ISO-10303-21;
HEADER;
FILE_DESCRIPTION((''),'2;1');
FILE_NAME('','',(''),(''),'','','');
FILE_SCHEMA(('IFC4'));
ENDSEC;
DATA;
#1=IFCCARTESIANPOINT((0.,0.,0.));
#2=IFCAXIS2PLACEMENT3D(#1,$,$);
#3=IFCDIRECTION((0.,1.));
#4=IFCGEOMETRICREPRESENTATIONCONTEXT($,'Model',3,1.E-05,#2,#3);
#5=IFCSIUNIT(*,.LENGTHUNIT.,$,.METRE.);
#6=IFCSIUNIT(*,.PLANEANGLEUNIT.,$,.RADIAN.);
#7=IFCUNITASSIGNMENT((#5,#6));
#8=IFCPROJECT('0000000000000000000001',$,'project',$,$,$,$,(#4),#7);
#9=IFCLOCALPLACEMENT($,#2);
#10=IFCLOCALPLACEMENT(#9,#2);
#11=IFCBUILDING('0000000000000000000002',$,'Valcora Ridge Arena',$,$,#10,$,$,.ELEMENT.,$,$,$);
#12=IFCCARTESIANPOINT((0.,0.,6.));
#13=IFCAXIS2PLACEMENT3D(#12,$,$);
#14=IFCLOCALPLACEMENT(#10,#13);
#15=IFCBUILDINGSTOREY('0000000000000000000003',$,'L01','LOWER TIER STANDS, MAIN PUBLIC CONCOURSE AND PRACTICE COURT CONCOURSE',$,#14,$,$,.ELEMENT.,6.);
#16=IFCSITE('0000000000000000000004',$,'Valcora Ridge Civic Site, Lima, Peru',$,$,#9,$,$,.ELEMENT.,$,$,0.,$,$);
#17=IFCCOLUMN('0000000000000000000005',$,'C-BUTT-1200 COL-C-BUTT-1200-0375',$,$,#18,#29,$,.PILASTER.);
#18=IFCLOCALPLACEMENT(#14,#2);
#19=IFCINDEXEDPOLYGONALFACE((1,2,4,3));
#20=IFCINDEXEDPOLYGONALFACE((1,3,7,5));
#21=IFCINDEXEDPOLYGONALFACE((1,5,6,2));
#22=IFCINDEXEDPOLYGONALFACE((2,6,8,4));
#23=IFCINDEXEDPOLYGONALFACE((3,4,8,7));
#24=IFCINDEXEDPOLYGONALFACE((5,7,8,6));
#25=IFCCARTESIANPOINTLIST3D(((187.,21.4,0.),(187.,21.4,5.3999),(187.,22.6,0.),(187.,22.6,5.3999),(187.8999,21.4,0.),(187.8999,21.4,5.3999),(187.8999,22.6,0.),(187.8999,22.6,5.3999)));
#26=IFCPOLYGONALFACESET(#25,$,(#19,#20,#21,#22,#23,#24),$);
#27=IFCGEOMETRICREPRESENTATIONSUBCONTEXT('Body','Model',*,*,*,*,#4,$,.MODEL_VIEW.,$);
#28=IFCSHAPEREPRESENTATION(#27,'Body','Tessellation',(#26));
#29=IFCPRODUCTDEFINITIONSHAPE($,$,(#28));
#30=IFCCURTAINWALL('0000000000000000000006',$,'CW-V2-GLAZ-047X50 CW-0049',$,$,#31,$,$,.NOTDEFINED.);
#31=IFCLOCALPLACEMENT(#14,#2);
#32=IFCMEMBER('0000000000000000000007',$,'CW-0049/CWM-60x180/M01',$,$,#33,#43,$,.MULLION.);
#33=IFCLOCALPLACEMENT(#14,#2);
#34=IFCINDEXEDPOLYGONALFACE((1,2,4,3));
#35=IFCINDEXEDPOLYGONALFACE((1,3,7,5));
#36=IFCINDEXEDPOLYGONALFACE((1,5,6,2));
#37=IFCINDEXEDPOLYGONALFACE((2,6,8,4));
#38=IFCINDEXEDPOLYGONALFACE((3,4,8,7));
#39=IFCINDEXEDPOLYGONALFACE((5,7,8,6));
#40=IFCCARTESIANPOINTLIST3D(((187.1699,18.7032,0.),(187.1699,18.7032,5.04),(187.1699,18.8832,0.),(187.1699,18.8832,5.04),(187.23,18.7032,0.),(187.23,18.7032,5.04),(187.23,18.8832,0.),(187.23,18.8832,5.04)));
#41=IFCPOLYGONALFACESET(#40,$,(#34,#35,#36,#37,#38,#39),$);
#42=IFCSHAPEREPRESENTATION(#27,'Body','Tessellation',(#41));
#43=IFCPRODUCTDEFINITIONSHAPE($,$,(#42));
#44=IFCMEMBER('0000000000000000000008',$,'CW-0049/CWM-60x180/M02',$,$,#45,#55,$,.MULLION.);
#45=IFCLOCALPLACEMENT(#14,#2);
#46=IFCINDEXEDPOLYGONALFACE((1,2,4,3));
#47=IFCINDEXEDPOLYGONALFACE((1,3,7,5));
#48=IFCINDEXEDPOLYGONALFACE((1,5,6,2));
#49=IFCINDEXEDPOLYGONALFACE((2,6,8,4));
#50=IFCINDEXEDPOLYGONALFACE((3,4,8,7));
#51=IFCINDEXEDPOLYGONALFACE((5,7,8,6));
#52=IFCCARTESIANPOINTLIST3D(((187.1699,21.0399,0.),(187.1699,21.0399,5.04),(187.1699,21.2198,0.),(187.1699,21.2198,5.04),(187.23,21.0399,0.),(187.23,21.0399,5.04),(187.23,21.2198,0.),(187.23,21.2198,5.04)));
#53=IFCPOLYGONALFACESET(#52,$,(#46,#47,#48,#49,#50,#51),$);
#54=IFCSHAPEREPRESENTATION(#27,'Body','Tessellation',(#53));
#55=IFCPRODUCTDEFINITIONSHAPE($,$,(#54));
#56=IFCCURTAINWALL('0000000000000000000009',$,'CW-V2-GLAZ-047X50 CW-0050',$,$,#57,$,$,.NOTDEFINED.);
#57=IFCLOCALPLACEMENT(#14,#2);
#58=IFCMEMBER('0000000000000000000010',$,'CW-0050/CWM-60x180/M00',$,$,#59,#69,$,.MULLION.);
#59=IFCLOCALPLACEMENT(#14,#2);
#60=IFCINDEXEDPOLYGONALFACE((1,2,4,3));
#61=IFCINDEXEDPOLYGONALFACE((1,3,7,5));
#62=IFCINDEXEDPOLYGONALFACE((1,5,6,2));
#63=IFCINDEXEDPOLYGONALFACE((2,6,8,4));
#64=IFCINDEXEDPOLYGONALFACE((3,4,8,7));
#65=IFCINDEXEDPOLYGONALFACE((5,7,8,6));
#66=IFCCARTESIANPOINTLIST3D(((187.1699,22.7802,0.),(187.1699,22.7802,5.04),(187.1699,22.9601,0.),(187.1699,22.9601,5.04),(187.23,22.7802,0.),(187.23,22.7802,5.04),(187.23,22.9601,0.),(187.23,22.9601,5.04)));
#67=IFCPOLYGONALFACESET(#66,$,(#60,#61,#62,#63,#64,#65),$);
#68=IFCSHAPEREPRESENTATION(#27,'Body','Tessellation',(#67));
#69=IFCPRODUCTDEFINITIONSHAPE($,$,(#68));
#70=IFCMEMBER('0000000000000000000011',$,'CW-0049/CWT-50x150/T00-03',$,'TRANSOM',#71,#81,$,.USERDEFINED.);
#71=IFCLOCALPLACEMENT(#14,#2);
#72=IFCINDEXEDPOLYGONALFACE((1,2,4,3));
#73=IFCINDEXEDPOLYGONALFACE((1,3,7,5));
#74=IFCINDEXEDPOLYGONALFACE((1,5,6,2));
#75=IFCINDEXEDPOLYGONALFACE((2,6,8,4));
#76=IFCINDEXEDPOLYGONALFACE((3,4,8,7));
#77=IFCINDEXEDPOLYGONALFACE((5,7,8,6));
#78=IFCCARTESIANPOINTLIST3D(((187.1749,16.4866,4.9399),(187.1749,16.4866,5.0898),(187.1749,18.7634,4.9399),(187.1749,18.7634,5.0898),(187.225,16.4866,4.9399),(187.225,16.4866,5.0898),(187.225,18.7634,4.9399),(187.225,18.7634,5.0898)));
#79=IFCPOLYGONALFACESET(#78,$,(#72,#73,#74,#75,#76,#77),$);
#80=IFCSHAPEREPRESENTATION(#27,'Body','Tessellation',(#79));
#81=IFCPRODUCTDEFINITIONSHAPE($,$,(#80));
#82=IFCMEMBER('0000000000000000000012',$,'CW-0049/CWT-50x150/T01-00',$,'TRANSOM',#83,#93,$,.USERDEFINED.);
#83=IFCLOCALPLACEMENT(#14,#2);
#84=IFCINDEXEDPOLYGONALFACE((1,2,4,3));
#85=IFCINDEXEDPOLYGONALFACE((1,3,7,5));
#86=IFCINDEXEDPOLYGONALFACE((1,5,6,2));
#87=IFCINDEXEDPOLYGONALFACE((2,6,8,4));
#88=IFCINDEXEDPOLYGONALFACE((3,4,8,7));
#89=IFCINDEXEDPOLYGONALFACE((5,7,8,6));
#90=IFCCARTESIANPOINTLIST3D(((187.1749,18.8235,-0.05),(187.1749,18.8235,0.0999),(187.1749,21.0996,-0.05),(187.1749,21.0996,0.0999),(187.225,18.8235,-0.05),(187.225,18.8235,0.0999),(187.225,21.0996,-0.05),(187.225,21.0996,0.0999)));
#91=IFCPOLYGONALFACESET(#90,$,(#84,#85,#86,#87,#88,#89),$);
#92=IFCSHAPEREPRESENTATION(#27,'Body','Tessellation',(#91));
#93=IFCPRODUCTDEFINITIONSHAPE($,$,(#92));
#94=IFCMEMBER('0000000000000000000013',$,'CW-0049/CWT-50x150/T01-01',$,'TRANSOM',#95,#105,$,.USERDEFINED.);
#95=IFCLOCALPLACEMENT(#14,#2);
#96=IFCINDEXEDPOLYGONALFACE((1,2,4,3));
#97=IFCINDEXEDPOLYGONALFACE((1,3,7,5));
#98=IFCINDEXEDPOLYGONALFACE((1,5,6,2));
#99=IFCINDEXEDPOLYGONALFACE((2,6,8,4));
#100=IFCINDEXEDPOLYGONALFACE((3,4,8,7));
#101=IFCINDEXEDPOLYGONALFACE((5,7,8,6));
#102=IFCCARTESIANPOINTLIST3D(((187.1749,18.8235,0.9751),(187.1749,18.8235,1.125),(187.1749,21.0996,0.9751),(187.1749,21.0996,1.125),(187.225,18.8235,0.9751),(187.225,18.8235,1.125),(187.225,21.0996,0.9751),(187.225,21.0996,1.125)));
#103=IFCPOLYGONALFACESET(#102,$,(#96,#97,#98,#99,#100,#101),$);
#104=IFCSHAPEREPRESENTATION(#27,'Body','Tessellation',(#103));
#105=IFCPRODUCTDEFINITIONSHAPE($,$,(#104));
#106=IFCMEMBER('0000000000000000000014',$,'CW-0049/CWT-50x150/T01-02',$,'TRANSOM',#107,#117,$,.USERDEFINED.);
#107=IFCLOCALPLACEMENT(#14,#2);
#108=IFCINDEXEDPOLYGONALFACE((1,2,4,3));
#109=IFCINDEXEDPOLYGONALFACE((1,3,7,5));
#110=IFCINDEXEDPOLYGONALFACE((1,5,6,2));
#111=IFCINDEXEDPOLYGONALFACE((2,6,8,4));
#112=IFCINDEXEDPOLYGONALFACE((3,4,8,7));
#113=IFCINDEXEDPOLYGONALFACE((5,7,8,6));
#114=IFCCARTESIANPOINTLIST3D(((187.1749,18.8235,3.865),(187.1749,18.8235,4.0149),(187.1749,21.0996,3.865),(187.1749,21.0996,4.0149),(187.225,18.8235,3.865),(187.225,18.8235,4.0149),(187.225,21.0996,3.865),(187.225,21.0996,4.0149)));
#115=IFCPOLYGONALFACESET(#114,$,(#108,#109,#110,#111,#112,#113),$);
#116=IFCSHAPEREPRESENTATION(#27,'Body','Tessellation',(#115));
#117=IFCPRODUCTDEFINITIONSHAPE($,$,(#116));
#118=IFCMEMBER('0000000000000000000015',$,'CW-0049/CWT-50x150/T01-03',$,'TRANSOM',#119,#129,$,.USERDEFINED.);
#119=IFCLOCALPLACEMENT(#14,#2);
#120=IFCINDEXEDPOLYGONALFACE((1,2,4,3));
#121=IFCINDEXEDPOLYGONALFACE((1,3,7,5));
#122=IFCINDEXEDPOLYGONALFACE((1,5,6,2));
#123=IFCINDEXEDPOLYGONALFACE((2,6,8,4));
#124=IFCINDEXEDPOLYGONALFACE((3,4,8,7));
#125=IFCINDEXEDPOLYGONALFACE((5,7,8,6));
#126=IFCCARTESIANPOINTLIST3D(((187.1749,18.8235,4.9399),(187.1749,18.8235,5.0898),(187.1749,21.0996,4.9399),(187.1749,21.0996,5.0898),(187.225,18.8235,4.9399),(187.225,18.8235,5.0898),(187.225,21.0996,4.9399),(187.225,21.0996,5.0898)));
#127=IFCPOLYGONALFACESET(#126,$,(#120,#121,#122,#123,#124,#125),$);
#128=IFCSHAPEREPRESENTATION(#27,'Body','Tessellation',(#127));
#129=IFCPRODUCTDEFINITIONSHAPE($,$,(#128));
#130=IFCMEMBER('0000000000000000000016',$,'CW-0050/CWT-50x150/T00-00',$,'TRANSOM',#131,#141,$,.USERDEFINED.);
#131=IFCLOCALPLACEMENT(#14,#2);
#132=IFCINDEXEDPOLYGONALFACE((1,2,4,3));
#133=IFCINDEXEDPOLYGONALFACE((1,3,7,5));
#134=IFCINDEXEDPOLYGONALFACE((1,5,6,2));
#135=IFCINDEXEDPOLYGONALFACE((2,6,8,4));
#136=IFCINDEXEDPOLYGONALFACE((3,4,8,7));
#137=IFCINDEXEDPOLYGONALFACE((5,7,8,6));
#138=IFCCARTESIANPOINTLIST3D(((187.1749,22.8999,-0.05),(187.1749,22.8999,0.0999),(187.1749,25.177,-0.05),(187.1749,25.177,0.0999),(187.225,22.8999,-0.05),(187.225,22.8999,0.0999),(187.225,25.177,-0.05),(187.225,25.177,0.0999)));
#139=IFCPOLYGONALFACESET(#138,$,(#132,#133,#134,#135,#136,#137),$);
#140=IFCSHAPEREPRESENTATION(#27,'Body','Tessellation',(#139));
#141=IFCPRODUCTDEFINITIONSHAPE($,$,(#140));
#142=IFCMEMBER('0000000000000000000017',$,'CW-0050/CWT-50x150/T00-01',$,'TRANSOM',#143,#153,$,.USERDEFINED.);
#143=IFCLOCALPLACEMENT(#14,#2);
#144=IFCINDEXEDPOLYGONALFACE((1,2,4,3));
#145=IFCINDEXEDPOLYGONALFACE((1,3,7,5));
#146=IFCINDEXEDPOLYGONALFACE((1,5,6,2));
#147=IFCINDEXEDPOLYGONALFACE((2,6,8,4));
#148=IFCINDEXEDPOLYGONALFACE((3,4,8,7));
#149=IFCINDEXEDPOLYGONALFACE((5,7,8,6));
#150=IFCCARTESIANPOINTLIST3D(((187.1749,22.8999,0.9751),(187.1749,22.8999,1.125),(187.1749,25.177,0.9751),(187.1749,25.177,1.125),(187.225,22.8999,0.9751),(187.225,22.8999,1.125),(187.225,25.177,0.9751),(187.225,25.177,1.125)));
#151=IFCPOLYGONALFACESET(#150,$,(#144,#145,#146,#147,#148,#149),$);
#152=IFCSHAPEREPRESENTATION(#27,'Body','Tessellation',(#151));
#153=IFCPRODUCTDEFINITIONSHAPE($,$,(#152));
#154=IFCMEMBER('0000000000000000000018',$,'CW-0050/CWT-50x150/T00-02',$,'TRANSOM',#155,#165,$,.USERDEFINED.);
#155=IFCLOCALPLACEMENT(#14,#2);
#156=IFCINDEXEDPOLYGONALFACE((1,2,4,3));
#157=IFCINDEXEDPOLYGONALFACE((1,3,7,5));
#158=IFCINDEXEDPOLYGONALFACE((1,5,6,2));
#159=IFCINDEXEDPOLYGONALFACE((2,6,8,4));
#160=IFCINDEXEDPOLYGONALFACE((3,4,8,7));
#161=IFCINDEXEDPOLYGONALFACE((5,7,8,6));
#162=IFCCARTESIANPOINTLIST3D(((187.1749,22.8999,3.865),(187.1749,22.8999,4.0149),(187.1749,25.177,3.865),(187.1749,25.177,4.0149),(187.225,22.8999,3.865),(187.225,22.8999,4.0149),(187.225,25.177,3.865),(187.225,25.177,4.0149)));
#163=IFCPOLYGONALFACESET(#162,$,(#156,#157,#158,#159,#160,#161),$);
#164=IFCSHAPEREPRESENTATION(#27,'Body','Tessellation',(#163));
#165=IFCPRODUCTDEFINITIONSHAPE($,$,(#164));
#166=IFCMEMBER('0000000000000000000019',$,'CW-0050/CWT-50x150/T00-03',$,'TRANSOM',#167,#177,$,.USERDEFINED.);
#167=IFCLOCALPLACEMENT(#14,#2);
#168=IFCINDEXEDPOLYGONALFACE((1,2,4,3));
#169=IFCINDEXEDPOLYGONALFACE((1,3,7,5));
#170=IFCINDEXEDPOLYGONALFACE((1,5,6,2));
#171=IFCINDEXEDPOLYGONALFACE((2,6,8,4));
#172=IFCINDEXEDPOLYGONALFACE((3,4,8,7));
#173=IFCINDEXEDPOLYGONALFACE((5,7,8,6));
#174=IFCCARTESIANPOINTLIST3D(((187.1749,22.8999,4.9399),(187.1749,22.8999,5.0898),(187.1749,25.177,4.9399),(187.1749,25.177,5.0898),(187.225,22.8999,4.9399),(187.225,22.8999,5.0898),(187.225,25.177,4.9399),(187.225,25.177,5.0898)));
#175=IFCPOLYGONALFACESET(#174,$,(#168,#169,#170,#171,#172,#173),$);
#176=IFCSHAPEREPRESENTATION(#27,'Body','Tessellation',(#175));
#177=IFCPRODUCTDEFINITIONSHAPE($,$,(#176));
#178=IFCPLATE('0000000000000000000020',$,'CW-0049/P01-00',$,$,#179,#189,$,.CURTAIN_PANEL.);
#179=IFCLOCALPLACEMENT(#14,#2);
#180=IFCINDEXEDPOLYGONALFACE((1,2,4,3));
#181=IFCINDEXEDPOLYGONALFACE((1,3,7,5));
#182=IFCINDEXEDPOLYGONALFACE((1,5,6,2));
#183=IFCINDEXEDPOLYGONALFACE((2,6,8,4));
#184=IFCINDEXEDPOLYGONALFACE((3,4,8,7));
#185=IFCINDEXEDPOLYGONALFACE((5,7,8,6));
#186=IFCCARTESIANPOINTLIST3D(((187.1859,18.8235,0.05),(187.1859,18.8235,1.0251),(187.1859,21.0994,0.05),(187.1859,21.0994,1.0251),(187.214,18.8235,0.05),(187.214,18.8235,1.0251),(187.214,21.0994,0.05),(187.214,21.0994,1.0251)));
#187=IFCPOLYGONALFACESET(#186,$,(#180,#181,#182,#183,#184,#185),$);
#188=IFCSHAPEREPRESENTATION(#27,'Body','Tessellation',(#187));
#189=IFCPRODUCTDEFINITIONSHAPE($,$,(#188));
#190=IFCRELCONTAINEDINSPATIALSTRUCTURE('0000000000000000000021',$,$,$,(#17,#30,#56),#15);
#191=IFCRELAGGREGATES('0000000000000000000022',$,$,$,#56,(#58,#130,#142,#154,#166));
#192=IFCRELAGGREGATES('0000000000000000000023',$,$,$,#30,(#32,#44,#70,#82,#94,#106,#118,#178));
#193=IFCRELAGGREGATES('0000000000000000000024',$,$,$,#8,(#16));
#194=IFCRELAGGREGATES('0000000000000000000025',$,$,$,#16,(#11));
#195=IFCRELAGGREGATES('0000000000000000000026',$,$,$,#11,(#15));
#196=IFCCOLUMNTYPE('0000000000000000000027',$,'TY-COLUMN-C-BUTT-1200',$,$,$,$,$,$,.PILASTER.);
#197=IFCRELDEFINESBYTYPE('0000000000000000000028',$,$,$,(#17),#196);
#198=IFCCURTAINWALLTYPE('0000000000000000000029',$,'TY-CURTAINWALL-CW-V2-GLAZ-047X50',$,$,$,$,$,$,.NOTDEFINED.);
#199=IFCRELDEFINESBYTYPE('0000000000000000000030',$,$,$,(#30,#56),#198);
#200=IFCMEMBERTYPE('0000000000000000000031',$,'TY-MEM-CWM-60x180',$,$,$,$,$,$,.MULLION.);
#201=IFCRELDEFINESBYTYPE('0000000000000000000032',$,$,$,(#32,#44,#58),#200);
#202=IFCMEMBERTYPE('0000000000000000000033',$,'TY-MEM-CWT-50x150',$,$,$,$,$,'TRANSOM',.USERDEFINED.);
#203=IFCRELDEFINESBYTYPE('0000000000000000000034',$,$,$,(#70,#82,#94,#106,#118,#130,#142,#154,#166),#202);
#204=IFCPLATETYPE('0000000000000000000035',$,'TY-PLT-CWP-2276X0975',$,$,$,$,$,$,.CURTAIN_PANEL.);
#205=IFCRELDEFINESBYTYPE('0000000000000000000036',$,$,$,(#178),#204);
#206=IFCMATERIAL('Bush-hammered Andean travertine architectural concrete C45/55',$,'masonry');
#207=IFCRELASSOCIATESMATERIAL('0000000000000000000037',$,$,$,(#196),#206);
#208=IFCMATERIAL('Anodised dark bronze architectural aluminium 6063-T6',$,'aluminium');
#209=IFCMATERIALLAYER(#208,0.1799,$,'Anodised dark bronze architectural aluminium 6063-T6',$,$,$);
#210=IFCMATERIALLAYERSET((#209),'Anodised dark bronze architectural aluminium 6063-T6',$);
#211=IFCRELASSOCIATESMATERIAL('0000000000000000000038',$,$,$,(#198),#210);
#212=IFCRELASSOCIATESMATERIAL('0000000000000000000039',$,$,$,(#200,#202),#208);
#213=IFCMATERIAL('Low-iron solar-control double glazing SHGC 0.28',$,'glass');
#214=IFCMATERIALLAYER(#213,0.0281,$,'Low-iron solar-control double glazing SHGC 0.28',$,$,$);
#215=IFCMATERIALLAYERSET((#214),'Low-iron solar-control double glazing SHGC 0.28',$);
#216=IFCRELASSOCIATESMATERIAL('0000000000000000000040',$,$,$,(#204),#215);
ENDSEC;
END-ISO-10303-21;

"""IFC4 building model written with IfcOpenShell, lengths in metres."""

from ifc_helpers import new_model, si_unit, direction, frame, origin, origin_2d, place, context, subcontext, project, spatial, rectangle, extrude, material, layer, layer_set, material_profile, profile_set, type_object, element, aggregate, save


model = new_model("IFC4")

# Units and contexts
model_context = context("Model", 3, precision=1e-05, world=origin(), true_north=direction((0.0, 1.0)))
body_context = subcontext(model_context, "Body", "Model", "MODEL_VIEW")
ifc_project = project(units=[si_unit("LENGTHUNIT", "METRE"), si_unit("PLANEANGLEUNIT", "RADIAN")], contexts=[model_context])

# Site, building, storey
site_placement = place(None, origin())
site = spatial("IfcSite", under=ifc_project, at=site_placement, Name="Valcora Ridge Civic Site, Lima, Peru", CompositionType="ELEMENT", RefElevation=0.0)
building_placement = place(site_placement, origin())
building = spatial("IfcBuilding", under=site, at=building_placement, Name="Valcora Ridge Arena", CompositionType="ELEMENT")
storey_placement = place(building_placement, frame((0.0, 0.0, 6.0)))
storey = spatial("IfcBuildingStorey", under=building, at=storey_placement, Name="L01", Description="LOWER TIER STANDS, MAIN PUBLIC CONCOURSE AND PRACTICE COURT CONCOURSE", CompositionType="ELEMENT", Elevation=6.0)

# Column
ifc_material_1 = material(Name="Bush-hammered Andean travertine architectural concrete C45/55", Category="masonry")
ifc_material_profile_1 = material_profile(ifc_material_1, rectangle(XDim=0.8999, YDim=1.2, at=origin_2d()), Name="RC 900x1200")
ifc_profile_set_1 = profile_set([ifc_material_profile_1], Name="Bush-hammered Andean travertine architectural concrete C45/55")
column_type = type_object("IfcColumnType", Name="TY-COLUMN-C-BUTT-1200", PredefinedType="PILASTER", material=ifc_profile_set_1)
column_placement = place(storey_placement, frame((187.45, 22.0, 0.0), z_axis=(0.0, 0.0, 1.0), x_axis=(1.0, 0.0, 0.0)))
element("IfcColumn", 1, at=column_placement, inside=storey, type_object=column_type, Name="C-BUTT-1200 COL-C-BUTT-1200-0375", PredefinedType="PILASTER", context=body_context, shape_type="SweptSolid", body=[
    extrude(rectangle(XDim=0.8999, YDim=1.2, at=origin_2d()), origin(), (0.0, 0.0, 1.0), 5.3999),
])

# Curtain wall, members
ifc_material_2 = material(Name="Anodised dark bronze architectural aluminium 6063-T6", Category="aluminium")
ifc_layer_1 = layer(ifc_material_2, 0.1799, Name="Anodised dark bronze architectural aluminium 6063-T6")
ifc_layer_set_1 = layer_set([ifc_layer_1], Name="Anodised dark bronze architectural aluminium 6063-T6")
curtain_wall_type = type_object("IfcCurtainWallType", Name="TY-CURTAINWALL-CW-V2-GLAZ-047X50", PredefinedType="NOTDEFINED", material=ifc_layer_set_1)
curtain_wall_1_placement = place(storey_placement, origin())
curtain_wall_1 = element("IfcCurtainWall", 2, at=curtain_wall_1_placement, inside=storey, type_object=curtain_wall_type, Name="CW-V2-GLAZ-047X50 CW-0049", PredefinedType="NOTDEFINED")
ifc_material_profile_2 = material_profile(ifc_material_2, rectangle(XDim=0.0601, YDim=0.1799, at=origin_2d()), Name="ALU MULLION 60x180")
ifc_profile_set_2 = profile_set([ifc_material_profile_2], Name="Anodised dark bronze architectural aluminium 6063-T6")
member_type_1 = type_object("IfcMemberType", Name="TY-MEM-CWM-60x180", PredefinedType="MULLION", material=ifc_profile_set_2)
member_1_placement = place(storey_placement, frame((187.2, 18.7932, 0.0), z_axis=(0.0, 0.0, 1.0), x_axis=(-1.0, 0.0, 0.0)))
member_1 = element("IfcMember", 3, at=member_1_placement, type_object=member_type_1, Name="CW-0049/CWM-60x180/M01", PredefinedType="MULLION", context=body_context, shape_type="SweptSolid", body=[
    extrude(rectangle(XDim=0.0601, YDim=0.1799, at=origin_2d()), origin(), (0.0, 0.0, 1.0), 5.04),
])
member_2_placement = place(storey_placement, frame((187.2, 21.1299, 0.0), z_axis=(0.0, 0.0, 1.0), x_axis=(-1.0, 0.0, 0.0)))
member_2 = element("IfcMember", 4, at=member_2_placement, type_object=member_type_1, Name="CW-0049/CWM-60x180/M02", PredefinedType="MULLION", context=body_context, shape_type="SweptSolid", body=[
    extrude(rectangle(XDim=0.0601, YDim=0.1799, at=origin_2d()), origin(), (0.0, 0.0, 1.0), 5.04),
])

# Curtain wall, member
curtain_wall_2_placement = place(storey_placement, origin())
curtain_wall_2 = element("IfcCurtainWall", 5, at=curtain_wall_2_placement, inside=storey, type_object=curtain_wall_type, Name="CW-V2-GLAZ-047X50 CW-0050", PredefinedType="NOTDEFINED")
member_3_placement = place(storey_placement, frame((187.2, 22.8701, 0.0), z_axis=(0.0, 0.0, 1.0), x_axis=(-1.0, 0.0, 0.0)))
member_3 = element("IfcMember", 6, at=member_3_placement, type_object=member_type_1, Name="CW-0050/CWM-60x180/M00", PredefinedType="MULLION", context=body_context, shape_type="SweptSolid", body=[
    extrude(rectangle(XDim=0.0601, YDim=0.1799, at=origin_2d()), origin(), (0.0, 0.0, 1.0), 5.04),
])

# Members
ifc_material_profile_3 = material_profile(ifc_material_2, rectangle(XDim=0.05, YDim=0.1499, at=origin_2d()), Name="ALU TRANSOM 50x150")
ifc_profile_set_3 = profile_set([ifc_material_profile_3], Name="Anodised dark bronze architectural aluminium 6063-T6")
member_type_2 = type_object("IfcMemberType", Name="TY-MEM-CWT-50x150", ElementType="TRANSOM", PredefinedType="USERDEFINED", material=ifc_profile_set_3)
member_4_placement = place(storey_placement, frame((187.2, 16.4866, 5.0149), z_axis=(0.0, 1.0, 0.0), x_axis=(-1.0, 0.0, 0.0)))
member_4 = element("IfcMember", 7, at=member_4_placement, type_object=member_type_2, Name="CW-0049/CWT-50x150/T00-03", ObjectType="TRANSOM", PredefinedType="USERDEFINED", context=body_context, shape_type="SweptSolid", body=[
    extrude(rectangle(XDim=0.05, YDim=0.1499, at=origin_2d()), origin(), (0.0, 0.0, 1.0), 2.2769),
])
member_5_placement = place(storey_placement, frame((187.2, 18.8235, 0.0249), z_axis=(0.0, 1.0, 0.0), x_axis=(-1.0, 0.0, 0.0)))
member_5 = element("IfcMember", 8, at=member_5_placement, type_object=member_type_2, Name="CW-0049/CWT-50x150/T01-00", ObjectType="TRANSOM", PredefinedType="USERDEFINED", context=body_context, shape_type="SweptSolid", body=[
    extrude(rectangle(XDim=0.05, YDim=0.1499, at=origin_2d()), origin(), (0.0, 0.0, 1.0), 2.2761),
])
member_6_placement = place(storey_placement, frame((187.2, 18.8235, 1.05), z_axis=(0.0, 1.0, 0.0), x_axis=(-1.0, 0.0, 0.0)))
member_6 = element("IfcMember", 9, at=member_6_placement, type_object=member_type_2, Name="CW-0049/CWT-50x150/T01-01", ObjectType="TRANSOM", PredefinedType="USERDEFINED", context=body_context, shape_type="SweptSolid", body=[
    extrude(rectangle(XDim=0.05, YDim=0.1499, at=origin_2d()), origin(), (0.0, 0.0, 1.0), 2.2761),
])
member_7_placement = place(storey_placement, frame((187.2, 18.8235, 3.9399), z_axis=(0.0, 1.0, 0.0), x_axis=(-1.0, 0.0, 0.0)))
member_7 = element("IfcMember", 10, at=member_7_placement, type_object=member_type_2, Name="CW-0049/CWT-50x150/T01-02", ObjectType="TRANSOM", PredefinedType="USERDEFINED", context=body_context, shape_type="SweptSolid", body=[
    extrude(rectangle(XDim=0.05, YDim=0.1499, at=origin_2d()), origin(), (0.0, 0.0, 1.0), 2.2761),
])
member_8_placement = place(storey_placement, frame((187.2, 18.8235, 5.0149), z_axis=(0.0, 1.0, 0.0), x_axis=(-1.0, 0.0, 0.0)))
member_8 = element("IfcMember", 11, at=member_8_placement, type_object=member_type_2, Name="CW-0049/CWT-50x150/T01-03", ObjectType="TRANSOM", PredefinedType="USERDEFINED", context=body_context, shape_type="SweptSolid", body=[
    extrude(rectangle(XDim=0.05, YDim=0.1499, at=origin_2d()), origin(), (0.0, 0.0, 1.0), 2.2761),
])
member_9_placement = place(storey_placement, frame((187.2, 22.8999, 0.0249), z_axis=(0.0, 1.0, 0.0), x_axis=(-1.0, 0.0, 0.0)))
member_9 = element("IfcMember", 12, at=member_9_placement, type_object=member_type_2, Name="CW-0050/CWT-50x150/T00-00", ObjectType="TRANSOM", PredefinedType="USERDEFINED", context=body_context, shape_type="SweptSolid", body=[
    extrude(rectangle(XDim=0.05, YDim=0.1499, at=origin_2d()), origin(), (0.0, 0.0, 1.0), 2.2771),
])
member_10_placement = place(storey_placement, frame((187.2, 22.8999, 1.05), z_axis=(0.0, 1.0, 0.0), x_axis=(-1.0, 0.0, 0.0)))
member_10 = element("IfcMember", 13, at=member_10_placement, type_object=member_type_2, Name="CW-0050/CWT-50x150/T00-01", ObjectType="TRANSOM", PredefinedType="USERDEFINED", context=body_context, shape_type="SweptSolid", body=[
    extrude(rectangle(XDim=0.05, YDim=0.1499, at=origin_2d()), origin(), (0.0, 0.0, 1.0), 2.2771),
])
member_11_placement = place(storey_placement, frame((187.2, 22.8999, 3.9399), z_axis=(0.0, 1.0, 0.0), x_axis=(-1.0, 0.0, 0.0)))
member_11 = element("IfcMember", 14, at=member_11_placement, type_object=member_type_2, Name="CW-0050/CWT-50x150/T00-02", ObjectType="TRANSOM", PredefinedType="USERDEFINED", context=body_context, shape_type="SweptSolid", body=[
    extrude(rectangle(XDim=0.05, YDim=0.1499, at=origin_2d()), origin(), (0.0, 0.0, 1.0), 2.2771),
])
member_12_placement = place(storey_placement, frame((187.2, 22.8999, 5.0149), z_axis=(0.0, 1.0, 0.0), x_axis=(-1.0, 0.0, 0.0)))
member_12 = element("IfcMember", 15, at=member_12_placement, type_object=member_type_2, Name="CW-0050/CWT-50x150/T00-03", ObjectType="TRANSOM", PredefinedType="USERDEFINED", context=body_context, shape_type="SweptSolid", body=[
    extrude(rectangle(XDim=0.05, YDim=0.1499, at=origin_2d()), origin(), (0.0, 0.0, 1.0), 2.2771),
])

# Plate
ifc_material_3 = material(Name="Low-iron solar-control double glazing SHGC 0.28", Category="glass")
ifc_layer_2 = layer(ifc_material_3, 0.0281, Name="Low-iron solar-control double glazing SHGC 0.28")
ifc_layer_set_2 = layer_set([ifc_layer_2], Name="Low-iron solar-control double glazing SHGC 0.28")
plate_type_1 = type_object("IfcPlateType", Name="TY-PLT-CWP-2276X0975", PredefinedType="CURTAIN_PANEL", material=ifc_layer_set_2)
plate_1_placement = place(storey_placement, frame((187.2, 19.9614, 0.05), z_axis=(0.0, 0.0, 1.0), x_axis=(0.0, 1.0, 0.0)))
plate_1 = element("IfcPlate", 16, at=plate_1_placement, type_object=plate_type_1, Name="CW-0049/P01-00", PredefinedType="CURTAIN_PANEL", context=body_context, shape_type="SweptSolid", body=[
    extrude(rectangle(XDim=2.2759, YDim=0.0281, at=origin_2d()), origin(), (0.0, 0.0, 1.0), 0.9751),
])
aggregate(curtain_wall_2, [member_3, member_9, member_10, member_11, member_12])
aggregate(curtain_wall_1, [member_1, member_2, member_4, member_5, member_6, member_7, member_8, plate_1])

save(model, "model.ifc")
